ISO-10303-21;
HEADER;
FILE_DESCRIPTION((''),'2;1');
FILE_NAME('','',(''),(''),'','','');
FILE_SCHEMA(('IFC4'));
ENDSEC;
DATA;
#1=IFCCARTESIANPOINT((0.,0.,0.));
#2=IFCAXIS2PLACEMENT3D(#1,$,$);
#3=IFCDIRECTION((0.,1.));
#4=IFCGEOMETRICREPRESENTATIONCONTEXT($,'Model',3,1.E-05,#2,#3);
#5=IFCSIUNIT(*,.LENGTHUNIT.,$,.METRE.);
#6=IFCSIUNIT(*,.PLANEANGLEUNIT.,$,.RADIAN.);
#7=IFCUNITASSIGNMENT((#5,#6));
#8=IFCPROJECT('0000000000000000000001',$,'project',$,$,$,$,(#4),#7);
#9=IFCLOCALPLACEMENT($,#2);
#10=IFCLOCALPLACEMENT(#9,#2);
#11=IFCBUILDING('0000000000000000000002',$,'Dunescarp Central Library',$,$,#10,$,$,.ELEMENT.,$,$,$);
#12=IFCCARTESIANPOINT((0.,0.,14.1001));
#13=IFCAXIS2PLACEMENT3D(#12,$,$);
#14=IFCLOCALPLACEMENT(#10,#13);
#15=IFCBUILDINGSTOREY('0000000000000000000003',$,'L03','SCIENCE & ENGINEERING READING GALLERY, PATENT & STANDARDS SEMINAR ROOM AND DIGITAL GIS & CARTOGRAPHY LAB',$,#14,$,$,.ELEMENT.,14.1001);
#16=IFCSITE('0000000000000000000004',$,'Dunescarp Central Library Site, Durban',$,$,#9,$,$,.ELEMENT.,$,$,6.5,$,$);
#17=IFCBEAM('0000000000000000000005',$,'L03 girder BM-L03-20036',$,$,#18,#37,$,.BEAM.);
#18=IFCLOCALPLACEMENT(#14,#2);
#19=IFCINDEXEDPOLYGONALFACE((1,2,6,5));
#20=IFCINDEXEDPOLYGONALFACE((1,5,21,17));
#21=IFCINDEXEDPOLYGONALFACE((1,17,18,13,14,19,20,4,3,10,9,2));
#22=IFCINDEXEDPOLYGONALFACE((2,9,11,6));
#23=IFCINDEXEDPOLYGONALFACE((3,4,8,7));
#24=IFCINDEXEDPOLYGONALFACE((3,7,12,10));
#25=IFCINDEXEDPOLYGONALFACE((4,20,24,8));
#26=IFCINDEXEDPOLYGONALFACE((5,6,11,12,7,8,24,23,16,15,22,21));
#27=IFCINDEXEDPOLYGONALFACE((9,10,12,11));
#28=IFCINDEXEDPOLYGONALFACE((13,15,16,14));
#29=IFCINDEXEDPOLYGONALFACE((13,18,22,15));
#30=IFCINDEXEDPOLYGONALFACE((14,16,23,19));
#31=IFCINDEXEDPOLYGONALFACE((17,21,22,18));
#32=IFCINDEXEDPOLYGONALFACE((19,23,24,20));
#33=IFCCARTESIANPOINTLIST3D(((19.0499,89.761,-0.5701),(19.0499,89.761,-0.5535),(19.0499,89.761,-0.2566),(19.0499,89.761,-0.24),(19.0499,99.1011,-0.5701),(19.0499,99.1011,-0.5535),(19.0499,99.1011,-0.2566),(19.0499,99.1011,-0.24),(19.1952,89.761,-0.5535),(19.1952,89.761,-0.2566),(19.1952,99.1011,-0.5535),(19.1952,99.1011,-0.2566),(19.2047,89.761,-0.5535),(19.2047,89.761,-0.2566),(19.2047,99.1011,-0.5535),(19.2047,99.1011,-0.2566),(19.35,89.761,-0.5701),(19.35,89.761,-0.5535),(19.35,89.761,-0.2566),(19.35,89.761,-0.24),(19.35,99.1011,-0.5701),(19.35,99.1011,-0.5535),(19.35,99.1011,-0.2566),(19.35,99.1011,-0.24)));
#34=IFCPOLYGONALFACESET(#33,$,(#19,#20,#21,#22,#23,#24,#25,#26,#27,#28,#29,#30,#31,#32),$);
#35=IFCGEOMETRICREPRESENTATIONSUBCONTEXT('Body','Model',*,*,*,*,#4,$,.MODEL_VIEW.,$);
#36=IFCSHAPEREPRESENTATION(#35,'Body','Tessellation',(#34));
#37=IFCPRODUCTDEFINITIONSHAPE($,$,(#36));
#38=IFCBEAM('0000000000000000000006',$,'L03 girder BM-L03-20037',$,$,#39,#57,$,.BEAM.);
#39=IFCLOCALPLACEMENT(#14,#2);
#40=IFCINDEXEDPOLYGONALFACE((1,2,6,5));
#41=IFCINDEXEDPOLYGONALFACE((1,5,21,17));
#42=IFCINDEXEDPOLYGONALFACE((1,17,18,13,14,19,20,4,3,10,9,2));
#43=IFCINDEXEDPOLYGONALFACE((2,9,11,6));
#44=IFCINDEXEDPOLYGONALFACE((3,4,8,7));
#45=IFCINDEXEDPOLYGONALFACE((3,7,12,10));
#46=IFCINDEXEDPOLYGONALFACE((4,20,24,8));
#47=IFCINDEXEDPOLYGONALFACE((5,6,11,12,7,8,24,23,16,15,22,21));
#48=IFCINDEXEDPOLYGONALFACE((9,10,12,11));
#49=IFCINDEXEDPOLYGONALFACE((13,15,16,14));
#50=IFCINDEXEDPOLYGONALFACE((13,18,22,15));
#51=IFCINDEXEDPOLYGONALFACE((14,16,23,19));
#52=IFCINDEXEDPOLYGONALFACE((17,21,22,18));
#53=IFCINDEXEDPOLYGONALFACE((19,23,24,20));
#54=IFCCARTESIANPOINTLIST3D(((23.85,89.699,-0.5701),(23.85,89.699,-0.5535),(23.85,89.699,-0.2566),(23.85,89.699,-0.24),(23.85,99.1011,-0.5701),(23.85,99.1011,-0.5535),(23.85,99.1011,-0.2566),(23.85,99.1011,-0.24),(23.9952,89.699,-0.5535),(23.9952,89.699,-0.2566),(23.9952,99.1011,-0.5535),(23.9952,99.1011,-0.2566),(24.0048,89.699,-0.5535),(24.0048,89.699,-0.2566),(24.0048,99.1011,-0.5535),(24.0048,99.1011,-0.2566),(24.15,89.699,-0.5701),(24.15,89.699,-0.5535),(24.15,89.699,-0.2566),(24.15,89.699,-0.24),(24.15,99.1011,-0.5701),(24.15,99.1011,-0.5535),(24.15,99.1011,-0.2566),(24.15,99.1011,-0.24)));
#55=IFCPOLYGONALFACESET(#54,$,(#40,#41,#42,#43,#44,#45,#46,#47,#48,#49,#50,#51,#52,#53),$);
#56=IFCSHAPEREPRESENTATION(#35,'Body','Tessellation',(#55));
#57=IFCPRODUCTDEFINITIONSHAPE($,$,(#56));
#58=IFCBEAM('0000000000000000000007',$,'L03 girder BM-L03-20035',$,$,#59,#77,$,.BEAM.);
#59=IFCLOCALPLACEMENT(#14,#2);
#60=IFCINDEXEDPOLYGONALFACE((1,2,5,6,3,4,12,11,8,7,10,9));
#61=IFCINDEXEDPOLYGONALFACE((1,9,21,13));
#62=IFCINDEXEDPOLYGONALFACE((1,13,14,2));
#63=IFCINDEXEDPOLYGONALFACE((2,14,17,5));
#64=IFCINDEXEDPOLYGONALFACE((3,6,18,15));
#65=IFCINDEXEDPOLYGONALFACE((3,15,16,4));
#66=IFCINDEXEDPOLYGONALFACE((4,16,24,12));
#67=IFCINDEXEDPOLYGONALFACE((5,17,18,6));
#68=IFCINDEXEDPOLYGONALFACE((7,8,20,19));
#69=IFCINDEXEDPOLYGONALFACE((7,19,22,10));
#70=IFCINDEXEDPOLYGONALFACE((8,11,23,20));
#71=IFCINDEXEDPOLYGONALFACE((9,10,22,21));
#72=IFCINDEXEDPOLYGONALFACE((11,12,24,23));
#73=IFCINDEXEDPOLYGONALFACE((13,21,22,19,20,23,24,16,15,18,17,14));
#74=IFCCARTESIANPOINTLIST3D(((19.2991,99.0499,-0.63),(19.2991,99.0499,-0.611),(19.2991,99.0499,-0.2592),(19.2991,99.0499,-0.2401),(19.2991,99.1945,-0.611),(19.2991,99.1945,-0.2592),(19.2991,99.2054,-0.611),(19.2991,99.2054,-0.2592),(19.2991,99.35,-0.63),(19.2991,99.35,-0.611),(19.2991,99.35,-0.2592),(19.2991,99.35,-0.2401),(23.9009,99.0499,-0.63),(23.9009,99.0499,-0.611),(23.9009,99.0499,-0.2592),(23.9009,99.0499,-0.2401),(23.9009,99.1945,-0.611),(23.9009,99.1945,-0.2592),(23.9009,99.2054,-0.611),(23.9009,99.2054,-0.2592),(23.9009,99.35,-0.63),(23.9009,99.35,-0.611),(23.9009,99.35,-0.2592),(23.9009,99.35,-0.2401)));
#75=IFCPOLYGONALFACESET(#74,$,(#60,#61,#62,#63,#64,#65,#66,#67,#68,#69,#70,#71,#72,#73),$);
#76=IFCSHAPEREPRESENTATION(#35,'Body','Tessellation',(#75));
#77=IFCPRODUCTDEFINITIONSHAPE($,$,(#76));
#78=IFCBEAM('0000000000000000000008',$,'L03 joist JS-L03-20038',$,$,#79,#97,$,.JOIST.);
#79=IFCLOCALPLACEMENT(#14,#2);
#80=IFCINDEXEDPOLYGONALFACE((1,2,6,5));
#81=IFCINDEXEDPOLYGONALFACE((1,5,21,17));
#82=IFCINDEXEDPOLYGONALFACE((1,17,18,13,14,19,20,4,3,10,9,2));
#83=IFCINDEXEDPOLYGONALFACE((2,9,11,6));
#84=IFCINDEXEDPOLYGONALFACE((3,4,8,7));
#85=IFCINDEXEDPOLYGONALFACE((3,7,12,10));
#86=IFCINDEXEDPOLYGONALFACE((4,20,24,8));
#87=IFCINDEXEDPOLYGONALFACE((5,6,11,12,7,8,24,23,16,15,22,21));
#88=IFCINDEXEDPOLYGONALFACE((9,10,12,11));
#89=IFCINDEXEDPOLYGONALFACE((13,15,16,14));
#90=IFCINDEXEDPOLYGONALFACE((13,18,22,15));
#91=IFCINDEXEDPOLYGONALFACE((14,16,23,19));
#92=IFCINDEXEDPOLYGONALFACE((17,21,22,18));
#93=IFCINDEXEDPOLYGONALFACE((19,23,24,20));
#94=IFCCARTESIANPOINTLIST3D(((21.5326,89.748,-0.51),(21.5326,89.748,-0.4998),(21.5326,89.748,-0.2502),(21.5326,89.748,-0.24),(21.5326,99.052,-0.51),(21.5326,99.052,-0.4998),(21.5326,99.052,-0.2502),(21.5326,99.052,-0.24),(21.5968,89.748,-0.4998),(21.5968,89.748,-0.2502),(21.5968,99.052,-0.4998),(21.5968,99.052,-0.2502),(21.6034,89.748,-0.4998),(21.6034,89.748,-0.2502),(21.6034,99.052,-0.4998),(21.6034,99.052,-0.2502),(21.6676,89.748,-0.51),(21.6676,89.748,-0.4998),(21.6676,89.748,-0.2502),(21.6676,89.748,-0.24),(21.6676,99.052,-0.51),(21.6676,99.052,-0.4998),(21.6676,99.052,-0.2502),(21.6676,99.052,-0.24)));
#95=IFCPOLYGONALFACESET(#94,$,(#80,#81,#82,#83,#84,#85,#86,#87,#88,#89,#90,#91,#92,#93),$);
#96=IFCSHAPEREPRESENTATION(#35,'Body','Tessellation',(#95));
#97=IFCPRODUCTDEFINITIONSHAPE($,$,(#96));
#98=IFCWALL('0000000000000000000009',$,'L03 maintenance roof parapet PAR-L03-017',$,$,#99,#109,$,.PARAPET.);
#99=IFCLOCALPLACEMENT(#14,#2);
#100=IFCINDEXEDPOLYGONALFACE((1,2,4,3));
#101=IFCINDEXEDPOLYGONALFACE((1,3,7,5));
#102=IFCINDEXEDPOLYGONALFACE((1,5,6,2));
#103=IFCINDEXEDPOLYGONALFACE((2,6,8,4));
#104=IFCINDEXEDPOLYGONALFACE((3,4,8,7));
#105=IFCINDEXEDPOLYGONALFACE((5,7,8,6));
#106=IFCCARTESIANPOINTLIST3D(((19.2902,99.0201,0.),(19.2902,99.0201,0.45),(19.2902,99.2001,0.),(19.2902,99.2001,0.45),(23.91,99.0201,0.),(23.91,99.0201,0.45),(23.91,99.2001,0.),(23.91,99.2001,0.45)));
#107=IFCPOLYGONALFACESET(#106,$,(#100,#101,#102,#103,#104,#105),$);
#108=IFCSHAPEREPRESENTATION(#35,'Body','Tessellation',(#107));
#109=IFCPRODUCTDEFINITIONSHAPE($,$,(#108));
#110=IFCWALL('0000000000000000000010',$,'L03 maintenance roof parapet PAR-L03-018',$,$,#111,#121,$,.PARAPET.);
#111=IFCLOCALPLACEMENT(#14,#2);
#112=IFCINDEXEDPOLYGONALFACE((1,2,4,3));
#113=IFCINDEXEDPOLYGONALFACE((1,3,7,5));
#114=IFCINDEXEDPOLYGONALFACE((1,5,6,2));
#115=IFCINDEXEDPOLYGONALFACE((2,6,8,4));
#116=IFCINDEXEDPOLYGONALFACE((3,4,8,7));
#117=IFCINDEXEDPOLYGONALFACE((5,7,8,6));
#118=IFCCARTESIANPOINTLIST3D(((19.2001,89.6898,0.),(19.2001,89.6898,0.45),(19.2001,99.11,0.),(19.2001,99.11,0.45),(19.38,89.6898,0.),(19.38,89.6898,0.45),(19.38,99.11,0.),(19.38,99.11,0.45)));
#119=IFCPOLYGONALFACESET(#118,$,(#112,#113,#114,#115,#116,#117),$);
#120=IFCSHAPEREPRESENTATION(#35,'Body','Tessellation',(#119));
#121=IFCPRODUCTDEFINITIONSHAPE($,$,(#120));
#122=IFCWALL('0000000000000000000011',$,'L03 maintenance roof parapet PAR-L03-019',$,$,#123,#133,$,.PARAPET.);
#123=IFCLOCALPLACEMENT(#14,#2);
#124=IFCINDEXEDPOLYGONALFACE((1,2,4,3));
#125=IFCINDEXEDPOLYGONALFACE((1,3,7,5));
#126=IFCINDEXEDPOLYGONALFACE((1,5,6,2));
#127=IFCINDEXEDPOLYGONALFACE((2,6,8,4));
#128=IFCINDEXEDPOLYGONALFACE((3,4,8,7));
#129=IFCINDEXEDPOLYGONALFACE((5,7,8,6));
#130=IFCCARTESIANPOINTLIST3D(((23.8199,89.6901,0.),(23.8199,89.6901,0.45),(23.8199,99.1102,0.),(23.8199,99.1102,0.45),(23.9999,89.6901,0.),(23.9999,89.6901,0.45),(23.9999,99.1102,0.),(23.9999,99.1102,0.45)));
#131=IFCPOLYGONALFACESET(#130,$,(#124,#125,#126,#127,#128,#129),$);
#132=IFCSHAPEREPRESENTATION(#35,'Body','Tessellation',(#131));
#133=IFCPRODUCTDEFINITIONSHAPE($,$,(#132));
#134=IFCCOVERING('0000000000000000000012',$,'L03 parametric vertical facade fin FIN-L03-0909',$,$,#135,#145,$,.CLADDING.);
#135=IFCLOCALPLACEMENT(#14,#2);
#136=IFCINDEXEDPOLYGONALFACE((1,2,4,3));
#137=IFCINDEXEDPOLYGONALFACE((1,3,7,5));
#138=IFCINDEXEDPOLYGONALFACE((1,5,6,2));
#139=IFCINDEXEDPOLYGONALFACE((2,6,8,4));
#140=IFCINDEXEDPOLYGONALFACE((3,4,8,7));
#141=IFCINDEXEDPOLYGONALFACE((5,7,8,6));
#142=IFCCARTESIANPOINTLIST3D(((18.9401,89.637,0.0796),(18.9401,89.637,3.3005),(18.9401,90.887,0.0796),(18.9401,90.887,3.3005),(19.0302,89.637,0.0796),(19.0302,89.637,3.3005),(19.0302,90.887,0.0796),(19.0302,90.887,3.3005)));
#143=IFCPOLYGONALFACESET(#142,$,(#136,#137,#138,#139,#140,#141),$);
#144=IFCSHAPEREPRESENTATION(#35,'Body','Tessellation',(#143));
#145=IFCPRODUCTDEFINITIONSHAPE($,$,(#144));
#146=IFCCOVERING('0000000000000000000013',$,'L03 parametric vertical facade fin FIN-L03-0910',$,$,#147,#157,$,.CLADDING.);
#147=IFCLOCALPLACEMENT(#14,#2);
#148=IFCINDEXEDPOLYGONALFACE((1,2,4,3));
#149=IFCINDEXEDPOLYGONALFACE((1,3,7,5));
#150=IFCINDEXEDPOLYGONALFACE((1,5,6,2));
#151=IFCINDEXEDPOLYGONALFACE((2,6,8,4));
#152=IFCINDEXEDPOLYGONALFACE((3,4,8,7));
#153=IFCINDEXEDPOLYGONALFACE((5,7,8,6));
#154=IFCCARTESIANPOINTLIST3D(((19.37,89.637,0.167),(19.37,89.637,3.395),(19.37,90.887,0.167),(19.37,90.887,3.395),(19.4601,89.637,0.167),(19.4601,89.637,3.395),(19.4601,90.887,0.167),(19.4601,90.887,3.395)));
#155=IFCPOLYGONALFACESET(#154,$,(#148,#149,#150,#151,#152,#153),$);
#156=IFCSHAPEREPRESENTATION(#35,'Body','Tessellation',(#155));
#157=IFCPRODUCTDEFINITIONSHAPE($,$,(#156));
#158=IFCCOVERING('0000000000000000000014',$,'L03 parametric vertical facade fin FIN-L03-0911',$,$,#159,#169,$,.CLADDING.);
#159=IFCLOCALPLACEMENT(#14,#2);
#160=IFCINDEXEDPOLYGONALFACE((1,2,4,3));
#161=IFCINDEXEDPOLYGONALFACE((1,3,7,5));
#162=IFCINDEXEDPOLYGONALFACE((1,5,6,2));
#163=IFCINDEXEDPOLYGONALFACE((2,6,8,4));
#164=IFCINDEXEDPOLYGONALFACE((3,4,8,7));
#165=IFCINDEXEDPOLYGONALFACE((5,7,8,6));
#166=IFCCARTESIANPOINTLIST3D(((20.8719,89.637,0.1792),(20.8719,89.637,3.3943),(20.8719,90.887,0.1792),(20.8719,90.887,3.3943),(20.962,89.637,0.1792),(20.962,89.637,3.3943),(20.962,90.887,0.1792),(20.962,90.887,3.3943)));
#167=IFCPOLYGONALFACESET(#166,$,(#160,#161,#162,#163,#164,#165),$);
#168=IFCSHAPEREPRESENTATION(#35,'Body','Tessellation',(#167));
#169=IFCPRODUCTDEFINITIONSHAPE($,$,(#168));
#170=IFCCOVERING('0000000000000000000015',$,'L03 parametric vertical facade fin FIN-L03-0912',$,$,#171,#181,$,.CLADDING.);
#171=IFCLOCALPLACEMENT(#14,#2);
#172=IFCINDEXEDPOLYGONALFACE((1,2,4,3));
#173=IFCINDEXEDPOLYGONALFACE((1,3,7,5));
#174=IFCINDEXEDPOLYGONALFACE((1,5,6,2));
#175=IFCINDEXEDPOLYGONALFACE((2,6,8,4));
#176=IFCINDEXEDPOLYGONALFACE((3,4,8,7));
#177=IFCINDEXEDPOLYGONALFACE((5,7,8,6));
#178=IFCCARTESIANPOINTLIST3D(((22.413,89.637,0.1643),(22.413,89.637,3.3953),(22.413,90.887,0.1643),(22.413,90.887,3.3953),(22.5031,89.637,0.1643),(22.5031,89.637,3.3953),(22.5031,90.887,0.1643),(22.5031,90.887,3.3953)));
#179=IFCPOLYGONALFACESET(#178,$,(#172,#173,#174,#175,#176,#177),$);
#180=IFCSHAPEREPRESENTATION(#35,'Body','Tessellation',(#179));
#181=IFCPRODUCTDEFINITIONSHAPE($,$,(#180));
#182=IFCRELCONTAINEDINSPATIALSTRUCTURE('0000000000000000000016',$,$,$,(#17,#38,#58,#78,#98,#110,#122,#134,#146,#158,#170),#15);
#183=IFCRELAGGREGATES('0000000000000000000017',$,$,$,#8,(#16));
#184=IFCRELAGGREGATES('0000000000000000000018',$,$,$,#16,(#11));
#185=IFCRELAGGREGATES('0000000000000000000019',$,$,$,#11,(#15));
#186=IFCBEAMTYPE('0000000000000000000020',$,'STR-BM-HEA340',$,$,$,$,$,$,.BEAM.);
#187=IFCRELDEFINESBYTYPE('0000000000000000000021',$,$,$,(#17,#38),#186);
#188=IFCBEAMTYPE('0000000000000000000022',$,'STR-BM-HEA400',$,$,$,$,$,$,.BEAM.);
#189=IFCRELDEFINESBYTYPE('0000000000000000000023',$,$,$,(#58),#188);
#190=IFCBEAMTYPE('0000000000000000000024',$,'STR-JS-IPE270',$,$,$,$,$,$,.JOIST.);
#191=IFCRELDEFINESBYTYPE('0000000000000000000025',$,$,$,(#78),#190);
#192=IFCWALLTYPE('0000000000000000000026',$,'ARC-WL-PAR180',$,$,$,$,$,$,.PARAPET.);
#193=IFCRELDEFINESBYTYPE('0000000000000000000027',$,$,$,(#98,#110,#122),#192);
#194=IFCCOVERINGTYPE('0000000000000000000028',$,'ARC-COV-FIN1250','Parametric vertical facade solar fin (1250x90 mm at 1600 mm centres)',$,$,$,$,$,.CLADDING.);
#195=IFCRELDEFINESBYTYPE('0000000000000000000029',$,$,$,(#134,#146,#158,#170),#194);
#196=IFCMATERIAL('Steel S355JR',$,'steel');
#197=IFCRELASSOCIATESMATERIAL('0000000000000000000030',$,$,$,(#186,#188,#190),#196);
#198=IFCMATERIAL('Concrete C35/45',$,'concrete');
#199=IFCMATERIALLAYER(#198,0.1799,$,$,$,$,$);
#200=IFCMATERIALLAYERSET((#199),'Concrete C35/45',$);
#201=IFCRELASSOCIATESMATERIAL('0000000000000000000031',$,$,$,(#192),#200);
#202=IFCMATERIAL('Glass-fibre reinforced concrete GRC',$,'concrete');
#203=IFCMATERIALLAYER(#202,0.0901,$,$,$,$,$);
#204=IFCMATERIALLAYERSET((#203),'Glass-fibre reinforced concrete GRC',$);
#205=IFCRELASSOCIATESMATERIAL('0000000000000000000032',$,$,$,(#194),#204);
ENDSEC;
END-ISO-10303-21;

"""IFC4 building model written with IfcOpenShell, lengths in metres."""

from ifc_helpers import new_model, si_unit, direction, frame, frame_2d, origin, origin_2d, place, context, subcontext, project, spatial, rectangle, i_section, extrude, material, layer, layer_set, material_profile, profile_set, type_object, element, save


model = new_model("IFC4")

# Units and contexts
model_context = context("Model", 3, precision=1e-05, world=origin(), true_north=direction((0.0, 1.0)))
body_context = subcontext(model_context, "Body", "Model", "MODEL_VIEW")
ifc_project = project(units=[si_unit("LENGTHUNIT", "METRE"), si_unit("PLANEANGLEUNIT", "RADIAN")], contexts=[model_context])

# Site, building, storey
site_placement = place(None, origin())
site = spatial("IfcSite", under=ifc_project, at=site_placement, Name="Dunescarp Central Library Site, Durban", CompositionType="ELEMENT", RefElevation=6.5)
building_placement = place(site_placement, origin())
building = spatial("IfcBuilding", under=site, at=building_placement, Name="Dunescarp Central Library", CompositionType="ELEMENT")
storey_placement = place(building_placement, frame((0.0, 0.0, 14.1001)))
storey = spatial("IfcBuildingStorey", under=building, at=storey_placement, Name="L03", Description="SCIENCE & ENGINEERING READING GALLERY, PATENT & STANDARDS SEMINAR ROOM AND DIGITAL GIS & CARTOGRAPHY LAB", CompositionType="ELEMENT", Elevation=14.1001)

# Beams
ifc_material_1 = material(Name="Steel S355JR", Category="steel")
ifc_material_profile_1 = material_profile(ifc_material_1, i_section(OverallWidth=0.3, OverallDepth=0.3301, WebThickness=0.0095, FlangeThickness=0.0166, at=origin_2d()), Name="HEA 340")
ifc_profile_set_1 = profile_set([ifc_material_profile_1], Name="Steel S355JR")
beam_type_1 = type_object("IfcBeamType", Name="STR-BM-HEA340", PredefinedType="BEAM", material=ifc_profile_set_1)
beam_1_placement = place(storey_placement, frame((19.2, 89.761, -0.405), z_axis=(0.0, 1.0, 0.0), x_axis=(-1.0, 0.0, 0.0)))
element("IfcBeam", 1, at=beam_1_placement, inside=storey, type_object=beam_type_1, Name="L03 girder BM-L03-20036", PredefinedType="BEAM", context=body_context, shape_type="SweptSolid", body=[
    extrude(i_section(OverallWidth=0.3, OverallDepth=0.3301, WebThickness=0.0095, FlangeThickness=0.0166, at=origin_2d()), origin(), (0.0, 0.0, 1.0), 9.3401),
])
beam_2_placement = place(storey_placement, frame((24.0, 89.699, -0.405), z_axis=(0.0, 1.0, 0.0), x_axis=(-1.0, 0.0, 0.0)))
element("IfcBeam", 2, at=beam_2_placement, inside=storey, type_object=beam_type_1, Name="L03 girder BM-L03-20037", PredefinedType="BEAM", context=body_context, shape_type="SweptSolid", body=[
    extrude(i_section(OverallWidth=0.3, OverallDepth=0.3301, WebThickness=0.0095, FlangeThickness=0.0166, at=origin_2d()), origin(), (0.0, 0.0, 1.0), 9.4021),
])
ifc_material_profile_2 = material_profile(ifc_material_1, i_section(OverallWidth=0.3, OverallDepth=0.3899, WebThickness=0.011, FlangeThickness=0.019, at=origin_2d()), Name="HEA 400")
ifc_profile_set_2 = profile_set([ifc_material_profile_2], Name="Steel S355JR")
beam_type_2 = type_object("IfcBeamType", Name="STR-BM-HEA400", PredefinedType="BEAM", material=ifc_profile_set_2)
beam_3_placement = place(storey_placement, frame((19.2991, 99.2, -0.4351), z_axis=(1.0, 0.0, 0.0), x_axis=(0.0, 1.0, 0.0)))
element("IfcBeam", 3, at=beam_3_placement, inside=storey, type_object=beam_type_2, Name="L03 girder BM-L03-20035", PredefinedType="BEAM", context=body_context, shape_type="SweptSolid", body=[
    extrude(i_section(OverallWidth=0.3, OverallDepth=0.3899, WebThickness=0.011, FlangeThickness=0.019, at=origin_2d()), origin(), (0.0, 0.0, 1.0), 4.6018),
])
ifc_material_profile_3 = material_profile(ifc_material_1, i_section(OverallWidth=0.135, OverallDepth=0.27, WebThickness=0.0066, FlangeThickness=0.0103, at=origin_2d()), Name="IPE 270")
ifc_profile_set_3 = profile_set([ifc_material_profile_3], Name="Steel S355JR")
beam_type_3 = type_object("IfcBeamType", Name="STR-JS-IPE270", PredefinedType="JOIST", material=ifc_profile_set_3)
beam_4_placement = place(storey_placement, frame((21.6001, 89.748, -0.375), z_axis=(0.0, 1.0, 0.0), x_axis=(-1.0, 0.0, 0.0)))
element("IfcBeam", 4, at=beam_4_placement, inside=storey, type_object=beam_type_3, Name="L03 joist JS-L03-20038", PredefinedType="JOIST", context=body_context, shape_type="SweptSolid", body=[
    extrude(i_section(OverallWidth=0.135, OverallDepth=0.27, WebThickness=0.0066, FlangeThickness=0.0103, at=origin_2d()), origin(), (0.0, 0.0, 1.0), 9.304),
])

# Walls
ifc_material_2 = material(Name="Concrete C35/45", Category="concrete")
ifc_layer_1 = layer(ifc_material_2, 0.1799)
ifc_layer_set_1 = layer_set([ifc_layer_1], Name="Concrete C35/45")
wall_type = type_object("IfcWallType", Name="ARC-WL-PAR180", PredefinedType="PARAPET", material=ifc_layer_set_1)
wall_placement = place(storey_placement, frame((19.29, 99.1101, 0.0), z_axis=(0.0, 0.0, 1.0), x_axis=(1.0, 0.0, 0.0)))
element("IfcWall", 5, at=wall_placement, inside=storey, type_object=wall_type, Name="L03 maintenance roof parapet PAR-L03-017", PredefinedType="PARAPET", context=body_context, shape_type="SweptSolid", body=[
    extrude(rectangle(XDim=4.6199, YDim=0.1799, at=frame_2d((2.3101, 0.0))), origin(), (0.0, 0.0, 1.0), 0.45),
])
for number, where, z_axis, x_axis, name in (
    (6, (19.29, 89.6899, 0.0), (0.0, 0.0, 1.0), (0.0, 1.0, 0.0), "L03 maintenance roof parapet PAR-L03-018"),
    (7, (23.9099, 99.1101, 0.0), (0.0, 0.0, 1.0), (0.0, -1.0, 0.0), "L03 maintenance roof parapet PAR-L03-019"),
):
    element("IfcWall", number, at=place(storey_placement, frame(where, z_axis=z_axis, x_axis=x_axis)), inside=storey, type_object=wall_type, Name=name, PredefinedType="PARAPET", context=body_context, shape_type="SweptSolid", body=[
        extrude(rectangle(XDim=9.4202, YDim=0.1799, at=frame_2d((4.71, 0.0))), origin(), (0.0, 0.0, 1.0), 0.45),
    ])

# Coverings
ifc_material_3 = material(Name="Glass-fibre reinforced concrete GRC", Category="concrete")
ifc_layer_2 = layer(ifc_material_3, 0.0901)
ifc_layer_set_2 = layer_set([ifc_layer_2], Name="Glass-fibre reinforced concrete GRC")
covering_type = type_object("IfcCoveringType", Name="ARC-COV-FIN1250", Description="Parametric vertical facade solar fin (1250x90 mm at 1600 mm centres)", PredefinedType="CLADDING", material=ifc_layer_set_2)
covering_1_placement = place(storey_placement, frame((18.9851, 90.262, 0.0796), z_axis=(0.0, 0.0, 1.0), x_axis=(0.0, 1.0, 0.0)))
element("IfcCovering", 8, at=covering_1_placement, inside=storey, type_object=covering_type, Name="L03 parametric vertical facade fin FIN-L03-0909", PredefinedType="CLADDING", context=body_context, shape_type="SweptSolid", body=[
    extrude(rectangle(XDim=1.25, YDim=0.0901, at=origin_2d()), origin(), (0.0, 0.0, 1.0), 3.2209),
])
covering_2_placement = place(storey_placement, frame((19.415, 90.262, 0.167), z_axis=(0.0, 0.0, 1.0), x_axis=(0.0, 1.0, 0.0)))
element("IfcCovering", 9, at=covering_2_placement, inside=storey, type_object=covering_type, Name="L03 parametric vertical facade fin FIN-L03-0910", PredefinedType="CLADDING", context=body_context, shape_type="SweptSolid", body=[
    extrude(rectangle(XDim=1.25, YDim=0.0901, at=origin_2d()), origin(), (0.0, 0.0, 1.0), 3.228),
])
covering_3_placement = place(storey_placement, frame((20.917, 90.262, 0.1792), z_axis=(0.0, 0.0, 1.0), x_axis=(0.0, 1.0, 0.0)))
element("IfcCovering", 10, at=covering_3_placement, inside=storey, type_object=covering_type, Name="L03 parametric vertical facade fin FIN-L03-0911", PredefinedType="CLADDING", context=body_context, shape_type="SweptSolid", body=[
    extrude(rectangle(XDim=1.25, YDim=0.0901, at=origin_2d()), origin(), (0.0, 0.0, 1.0), 3.2151),
])
covering_4_placement = place(storey_placement, frame((22.458, 90.262, 0.1643), z_axis=(0.0, 0.0, 1.0), x_axis=(0.0, 1.0, 0.0)))
element("IfcCovering", 11, at=covering_4_placement, inside=storey, type_object=covering_type, Name="L03 parametric vertical facade fin FIN-L03-0912", PredefinedType="CLADDING", context=body_context, shape_type="SweptSolid", body=[
    extrude(rectangle(XDim=1.25, YDim=0.0901, at=origin_2d()), origin(), (0.0, 0.0, 1.0), 3.231),
])

save(model, "model.ifc")
